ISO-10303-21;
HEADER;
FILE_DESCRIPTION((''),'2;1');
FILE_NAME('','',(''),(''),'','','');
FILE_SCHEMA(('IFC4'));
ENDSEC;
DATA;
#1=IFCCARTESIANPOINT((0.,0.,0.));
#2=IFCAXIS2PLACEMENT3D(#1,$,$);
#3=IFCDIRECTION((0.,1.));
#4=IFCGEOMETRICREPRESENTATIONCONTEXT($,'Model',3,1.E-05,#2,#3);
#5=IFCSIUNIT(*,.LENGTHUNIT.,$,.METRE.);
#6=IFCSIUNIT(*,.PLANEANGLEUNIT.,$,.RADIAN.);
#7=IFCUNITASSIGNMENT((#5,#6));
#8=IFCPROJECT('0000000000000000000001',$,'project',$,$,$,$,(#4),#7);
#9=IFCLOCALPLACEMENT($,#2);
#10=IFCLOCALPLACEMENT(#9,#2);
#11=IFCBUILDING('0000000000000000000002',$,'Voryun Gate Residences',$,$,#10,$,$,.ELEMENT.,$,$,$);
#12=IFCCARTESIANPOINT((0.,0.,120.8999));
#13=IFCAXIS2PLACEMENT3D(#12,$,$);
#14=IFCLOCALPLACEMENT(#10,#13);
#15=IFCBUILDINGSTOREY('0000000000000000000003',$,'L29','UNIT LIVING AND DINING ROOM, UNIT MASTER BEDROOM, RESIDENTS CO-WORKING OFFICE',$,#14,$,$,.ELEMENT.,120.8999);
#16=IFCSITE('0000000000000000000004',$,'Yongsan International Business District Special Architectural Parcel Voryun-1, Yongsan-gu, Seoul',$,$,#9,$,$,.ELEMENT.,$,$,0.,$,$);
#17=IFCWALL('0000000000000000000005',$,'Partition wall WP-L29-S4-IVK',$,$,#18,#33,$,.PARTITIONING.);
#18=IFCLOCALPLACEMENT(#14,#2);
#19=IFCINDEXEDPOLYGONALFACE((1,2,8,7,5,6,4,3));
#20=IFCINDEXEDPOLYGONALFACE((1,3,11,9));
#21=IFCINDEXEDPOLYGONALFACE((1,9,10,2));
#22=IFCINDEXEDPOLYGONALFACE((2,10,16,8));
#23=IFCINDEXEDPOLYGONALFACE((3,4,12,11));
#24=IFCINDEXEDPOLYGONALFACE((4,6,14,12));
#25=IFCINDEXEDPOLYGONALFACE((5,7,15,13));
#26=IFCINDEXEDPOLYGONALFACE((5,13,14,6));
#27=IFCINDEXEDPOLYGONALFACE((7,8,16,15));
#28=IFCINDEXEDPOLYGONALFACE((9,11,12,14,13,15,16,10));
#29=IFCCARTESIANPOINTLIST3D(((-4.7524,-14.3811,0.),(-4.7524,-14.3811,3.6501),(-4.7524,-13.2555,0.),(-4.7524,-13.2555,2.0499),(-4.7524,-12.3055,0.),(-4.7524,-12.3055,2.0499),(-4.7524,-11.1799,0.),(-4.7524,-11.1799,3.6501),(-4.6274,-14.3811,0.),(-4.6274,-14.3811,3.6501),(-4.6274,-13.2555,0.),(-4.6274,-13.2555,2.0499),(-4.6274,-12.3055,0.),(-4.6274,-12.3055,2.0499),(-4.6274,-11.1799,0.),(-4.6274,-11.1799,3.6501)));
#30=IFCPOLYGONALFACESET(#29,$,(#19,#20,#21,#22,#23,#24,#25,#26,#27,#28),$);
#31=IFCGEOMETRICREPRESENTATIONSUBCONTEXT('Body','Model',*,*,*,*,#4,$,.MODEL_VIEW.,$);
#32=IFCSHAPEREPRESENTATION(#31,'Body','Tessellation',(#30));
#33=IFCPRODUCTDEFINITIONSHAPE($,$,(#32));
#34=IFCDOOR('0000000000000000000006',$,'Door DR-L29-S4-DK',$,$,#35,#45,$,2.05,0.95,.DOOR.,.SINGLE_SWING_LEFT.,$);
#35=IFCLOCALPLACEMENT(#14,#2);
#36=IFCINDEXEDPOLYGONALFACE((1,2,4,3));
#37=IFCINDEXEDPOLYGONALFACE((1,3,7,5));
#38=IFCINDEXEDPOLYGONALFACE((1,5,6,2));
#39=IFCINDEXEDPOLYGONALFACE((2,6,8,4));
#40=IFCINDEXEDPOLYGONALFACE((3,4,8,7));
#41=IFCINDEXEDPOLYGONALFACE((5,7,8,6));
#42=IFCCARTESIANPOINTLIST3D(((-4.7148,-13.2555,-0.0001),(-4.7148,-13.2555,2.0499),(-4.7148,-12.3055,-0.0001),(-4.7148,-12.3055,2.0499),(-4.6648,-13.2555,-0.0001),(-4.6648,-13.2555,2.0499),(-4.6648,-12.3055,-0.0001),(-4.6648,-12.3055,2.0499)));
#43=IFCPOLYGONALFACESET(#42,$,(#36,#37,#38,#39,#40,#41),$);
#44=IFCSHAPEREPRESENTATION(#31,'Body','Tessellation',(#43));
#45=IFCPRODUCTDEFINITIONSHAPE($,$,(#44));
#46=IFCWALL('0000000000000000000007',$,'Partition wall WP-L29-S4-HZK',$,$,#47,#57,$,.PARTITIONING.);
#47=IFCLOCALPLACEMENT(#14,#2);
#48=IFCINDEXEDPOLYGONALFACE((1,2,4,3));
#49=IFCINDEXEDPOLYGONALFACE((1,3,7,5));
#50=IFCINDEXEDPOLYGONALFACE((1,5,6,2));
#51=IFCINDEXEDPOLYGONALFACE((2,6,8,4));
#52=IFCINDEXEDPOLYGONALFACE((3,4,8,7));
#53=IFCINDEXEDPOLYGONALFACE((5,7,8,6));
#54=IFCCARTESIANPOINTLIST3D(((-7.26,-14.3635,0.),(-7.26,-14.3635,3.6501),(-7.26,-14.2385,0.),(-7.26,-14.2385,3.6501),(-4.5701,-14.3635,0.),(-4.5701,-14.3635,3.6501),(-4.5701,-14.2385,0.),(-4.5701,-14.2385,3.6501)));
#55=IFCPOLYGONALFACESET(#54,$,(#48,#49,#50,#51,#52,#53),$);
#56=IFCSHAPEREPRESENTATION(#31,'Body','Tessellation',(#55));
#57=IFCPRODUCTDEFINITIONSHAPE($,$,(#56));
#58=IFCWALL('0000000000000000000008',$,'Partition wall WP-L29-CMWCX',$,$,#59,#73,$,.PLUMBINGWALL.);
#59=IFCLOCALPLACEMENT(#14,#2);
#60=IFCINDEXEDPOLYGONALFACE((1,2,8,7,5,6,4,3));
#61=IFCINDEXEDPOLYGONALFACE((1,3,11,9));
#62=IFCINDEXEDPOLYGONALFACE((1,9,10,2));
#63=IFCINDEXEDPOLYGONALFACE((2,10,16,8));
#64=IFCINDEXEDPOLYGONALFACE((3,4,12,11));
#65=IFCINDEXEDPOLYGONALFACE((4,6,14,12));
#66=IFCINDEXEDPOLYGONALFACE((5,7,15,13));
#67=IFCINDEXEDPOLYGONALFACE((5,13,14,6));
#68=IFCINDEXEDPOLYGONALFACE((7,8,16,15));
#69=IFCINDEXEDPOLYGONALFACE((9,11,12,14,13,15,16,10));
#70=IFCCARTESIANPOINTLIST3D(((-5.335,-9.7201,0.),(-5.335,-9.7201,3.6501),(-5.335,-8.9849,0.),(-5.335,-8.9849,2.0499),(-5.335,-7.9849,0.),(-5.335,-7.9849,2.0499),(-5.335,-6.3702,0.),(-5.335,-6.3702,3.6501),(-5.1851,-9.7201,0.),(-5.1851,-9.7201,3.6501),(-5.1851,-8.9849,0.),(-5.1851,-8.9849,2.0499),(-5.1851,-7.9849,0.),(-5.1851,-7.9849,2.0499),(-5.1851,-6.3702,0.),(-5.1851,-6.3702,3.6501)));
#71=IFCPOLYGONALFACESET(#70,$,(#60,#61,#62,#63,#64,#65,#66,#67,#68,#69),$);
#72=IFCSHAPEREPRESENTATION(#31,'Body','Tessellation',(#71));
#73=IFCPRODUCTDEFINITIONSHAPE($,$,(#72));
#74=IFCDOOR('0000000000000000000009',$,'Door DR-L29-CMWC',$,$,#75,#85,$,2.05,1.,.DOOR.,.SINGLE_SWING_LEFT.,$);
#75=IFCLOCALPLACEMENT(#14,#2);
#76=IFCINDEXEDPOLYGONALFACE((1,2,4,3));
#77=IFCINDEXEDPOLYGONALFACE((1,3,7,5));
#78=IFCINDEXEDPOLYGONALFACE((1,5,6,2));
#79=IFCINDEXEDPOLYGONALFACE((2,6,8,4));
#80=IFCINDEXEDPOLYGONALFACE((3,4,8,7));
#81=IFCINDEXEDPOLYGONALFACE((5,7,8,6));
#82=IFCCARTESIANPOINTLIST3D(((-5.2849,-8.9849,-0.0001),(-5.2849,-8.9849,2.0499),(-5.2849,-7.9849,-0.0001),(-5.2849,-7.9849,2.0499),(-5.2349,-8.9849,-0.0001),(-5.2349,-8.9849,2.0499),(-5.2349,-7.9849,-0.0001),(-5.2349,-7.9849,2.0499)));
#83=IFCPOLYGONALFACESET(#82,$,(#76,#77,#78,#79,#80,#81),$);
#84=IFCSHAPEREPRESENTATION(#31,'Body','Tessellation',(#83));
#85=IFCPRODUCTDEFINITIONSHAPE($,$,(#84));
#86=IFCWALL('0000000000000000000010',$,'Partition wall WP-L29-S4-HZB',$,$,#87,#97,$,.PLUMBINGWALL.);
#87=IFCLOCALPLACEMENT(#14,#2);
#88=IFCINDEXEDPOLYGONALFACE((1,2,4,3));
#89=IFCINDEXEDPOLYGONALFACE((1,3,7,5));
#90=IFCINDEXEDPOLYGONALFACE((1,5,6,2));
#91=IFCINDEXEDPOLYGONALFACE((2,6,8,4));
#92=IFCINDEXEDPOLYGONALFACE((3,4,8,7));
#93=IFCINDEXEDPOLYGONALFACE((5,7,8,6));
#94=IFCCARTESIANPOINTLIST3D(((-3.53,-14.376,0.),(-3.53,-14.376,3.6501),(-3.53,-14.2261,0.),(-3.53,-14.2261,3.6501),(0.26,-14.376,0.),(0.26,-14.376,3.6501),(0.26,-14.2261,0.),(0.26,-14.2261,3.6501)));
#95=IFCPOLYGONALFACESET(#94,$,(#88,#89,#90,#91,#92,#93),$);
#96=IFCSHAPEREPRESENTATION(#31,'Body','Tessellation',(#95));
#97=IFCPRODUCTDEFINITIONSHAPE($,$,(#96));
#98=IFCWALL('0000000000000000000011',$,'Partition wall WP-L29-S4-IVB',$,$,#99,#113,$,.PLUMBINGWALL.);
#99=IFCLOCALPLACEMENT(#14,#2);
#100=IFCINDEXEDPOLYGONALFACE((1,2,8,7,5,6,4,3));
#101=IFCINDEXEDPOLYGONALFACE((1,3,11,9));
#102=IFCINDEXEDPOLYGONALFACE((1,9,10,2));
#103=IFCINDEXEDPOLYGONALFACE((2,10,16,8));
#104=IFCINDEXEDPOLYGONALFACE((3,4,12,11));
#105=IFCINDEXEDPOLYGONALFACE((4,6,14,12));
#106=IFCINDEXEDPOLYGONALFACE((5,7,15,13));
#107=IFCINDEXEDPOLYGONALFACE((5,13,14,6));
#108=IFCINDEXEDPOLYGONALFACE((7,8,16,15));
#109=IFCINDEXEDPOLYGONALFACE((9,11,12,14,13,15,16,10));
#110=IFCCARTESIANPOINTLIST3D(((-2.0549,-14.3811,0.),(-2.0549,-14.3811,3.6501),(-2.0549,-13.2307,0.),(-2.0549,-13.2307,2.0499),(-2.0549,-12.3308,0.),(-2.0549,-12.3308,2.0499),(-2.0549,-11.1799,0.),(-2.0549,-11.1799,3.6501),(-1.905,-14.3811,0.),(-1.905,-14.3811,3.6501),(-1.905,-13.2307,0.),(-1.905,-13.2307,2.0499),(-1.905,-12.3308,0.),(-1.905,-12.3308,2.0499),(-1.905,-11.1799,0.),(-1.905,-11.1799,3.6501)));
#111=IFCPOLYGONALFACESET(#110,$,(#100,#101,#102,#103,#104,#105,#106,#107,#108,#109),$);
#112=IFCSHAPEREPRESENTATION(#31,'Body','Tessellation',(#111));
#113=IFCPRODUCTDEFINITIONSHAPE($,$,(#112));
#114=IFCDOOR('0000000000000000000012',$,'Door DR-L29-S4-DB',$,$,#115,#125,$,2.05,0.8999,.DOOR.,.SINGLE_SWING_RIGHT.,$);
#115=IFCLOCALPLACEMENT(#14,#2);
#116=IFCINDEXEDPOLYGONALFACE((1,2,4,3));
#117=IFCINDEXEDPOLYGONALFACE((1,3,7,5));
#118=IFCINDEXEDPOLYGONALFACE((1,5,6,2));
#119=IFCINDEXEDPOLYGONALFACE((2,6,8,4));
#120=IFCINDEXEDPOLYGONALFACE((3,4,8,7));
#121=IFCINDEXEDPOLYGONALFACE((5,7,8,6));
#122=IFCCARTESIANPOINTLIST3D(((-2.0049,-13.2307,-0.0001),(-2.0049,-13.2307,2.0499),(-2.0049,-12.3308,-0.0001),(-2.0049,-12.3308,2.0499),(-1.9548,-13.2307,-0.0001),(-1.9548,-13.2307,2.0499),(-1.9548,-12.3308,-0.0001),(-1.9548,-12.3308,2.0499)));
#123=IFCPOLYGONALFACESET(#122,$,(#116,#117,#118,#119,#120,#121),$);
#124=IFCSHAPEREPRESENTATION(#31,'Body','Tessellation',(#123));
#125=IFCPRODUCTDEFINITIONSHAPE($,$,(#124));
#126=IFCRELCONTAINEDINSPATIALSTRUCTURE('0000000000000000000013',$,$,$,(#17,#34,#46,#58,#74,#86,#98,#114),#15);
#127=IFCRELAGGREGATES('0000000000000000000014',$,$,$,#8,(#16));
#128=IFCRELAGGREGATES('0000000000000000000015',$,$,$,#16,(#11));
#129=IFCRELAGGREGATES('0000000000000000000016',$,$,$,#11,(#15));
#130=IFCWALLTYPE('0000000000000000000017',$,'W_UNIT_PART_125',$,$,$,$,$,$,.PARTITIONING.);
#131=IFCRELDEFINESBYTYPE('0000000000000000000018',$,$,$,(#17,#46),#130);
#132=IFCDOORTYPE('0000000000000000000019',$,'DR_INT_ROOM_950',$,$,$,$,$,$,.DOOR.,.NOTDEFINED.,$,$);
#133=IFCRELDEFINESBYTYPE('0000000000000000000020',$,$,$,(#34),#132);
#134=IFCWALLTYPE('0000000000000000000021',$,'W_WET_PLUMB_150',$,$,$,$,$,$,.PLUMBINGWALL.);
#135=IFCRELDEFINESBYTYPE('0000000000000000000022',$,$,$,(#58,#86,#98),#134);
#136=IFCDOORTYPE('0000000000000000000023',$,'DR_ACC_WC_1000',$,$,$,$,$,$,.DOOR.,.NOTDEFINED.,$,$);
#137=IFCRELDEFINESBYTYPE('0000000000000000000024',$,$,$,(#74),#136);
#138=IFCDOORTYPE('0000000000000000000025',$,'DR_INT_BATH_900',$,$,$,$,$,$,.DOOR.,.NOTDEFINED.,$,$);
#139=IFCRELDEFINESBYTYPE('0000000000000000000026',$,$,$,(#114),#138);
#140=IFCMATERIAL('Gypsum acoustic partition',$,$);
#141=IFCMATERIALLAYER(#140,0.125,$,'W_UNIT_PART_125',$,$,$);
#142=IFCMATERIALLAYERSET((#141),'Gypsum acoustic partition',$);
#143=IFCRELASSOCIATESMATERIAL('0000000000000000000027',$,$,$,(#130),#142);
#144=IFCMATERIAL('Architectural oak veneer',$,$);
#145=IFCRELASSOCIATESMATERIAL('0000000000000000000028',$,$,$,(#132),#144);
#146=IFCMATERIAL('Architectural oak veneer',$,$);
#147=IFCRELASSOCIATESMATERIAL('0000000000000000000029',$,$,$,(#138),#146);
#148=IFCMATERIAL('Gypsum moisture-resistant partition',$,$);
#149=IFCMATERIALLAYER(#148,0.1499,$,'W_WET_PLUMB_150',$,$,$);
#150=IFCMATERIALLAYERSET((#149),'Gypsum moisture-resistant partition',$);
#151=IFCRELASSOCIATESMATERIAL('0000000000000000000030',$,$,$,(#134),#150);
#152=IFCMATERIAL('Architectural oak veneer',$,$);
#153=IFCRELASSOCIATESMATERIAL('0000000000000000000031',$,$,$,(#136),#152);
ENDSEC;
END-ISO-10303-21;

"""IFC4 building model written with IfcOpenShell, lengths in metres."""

from ifc_helpers import new_model, si_unit, direction, frame, frame_2d, origin, place, context, subcontext, project, spatial, rectangle, extrude, material, layer, layer_set, type_object, element, fill, save


model = new_model("IFC4")

# Units and contexts
model_context = context("Model", 3, precision=1e-05, world=origin(), true_north=direction((0.0, 1.0)))
body_context = subcontext(model_context, "Body", "Model", "MODEL_VIEW")
ifc_project = project(units=[si_unit("LENGTHUNIT", "METRE"), si_unit("PLANEANGLEUNIT", "RADIAN")], contexts=[model_context])

# Site, building, storey
site_placement = place(None, origin())
site = spatial("IfcSite", under=ifc_project, at=site_placement, Name="Yongsan International Business District Special Architectural Parcel Voryun-1, Yongsan-gu, Seoul", CompositionType="ELEMENT", RefElevation=0.0)
building_placement = place(site_placement, origin())
building = spatial("IfcBuilding", under=site, at=building_placement, Name="Voryun Gate Residences", CompositionType="ELEMENT")
storey_placement = place(building_placement, frame((0.0, 0.0, 120.8999)))
storey = spatial("IfcBuildingStorey", under=building, at=storey_placement, Name="L29", Description="UNIT LIVING AND DINING ROOM, UNIT MASTER BEDROOM, RESIDENTS CO-WORKING OFFICE", CompositionType="ELEMENT", Elevation=120.8999)

# Wall, opening, door
ifc_material_1 = material(Name="Gypsum acoustic partition")
ifc_layer_1 = layer(ifc_material_1, 0.125, Name="W_UNIT_PART_125")
ifc_layer_set_1 = layer_set([ifc_layer_1], Name="Gypsum acoustic partition")
wall_type_1 = type_object("IfcWallType", Name="W_UNIT_PART_125", PredefinedType="PARTITIONING", material=ifc_layer_set_1)
ifc_material_2 = material(Name="Architectural oak veneer")
door_type_1 = type_object("IfcDoorType", Name="DR_INT_ROOM_950", OperationType="NOTDEFINED", PredefinedType="DOOR", material=ifc_material_2)
ifc_material_3 = material(Name="Architectural oak veneer")
door_type_2 = type_object("IfcDoorType", Name="DR_INT_BATH_900", OperationType="NOTDEFINED", PredefinedType="DOOR", material=ifc_material_3)
wall_1_placement = place(storey_placement, frame((-4.6899, -14.3811, 0.0), z_axis=(0.0, 0.0, 1.0), x_axis=(0.0, 1.0, 0.0)))
wall_1 = element("IfcWall", 1, at=wall_1_placement, inside=storey, type_object=wall_type_1, Name="Partition wall WP-L29-S4-IVK", PredefinedType="PARTITIONING", context=body_context, shape_type="SweptSolid", body=[
    extrude(rectangle(XDim=3.2012, YDim=0.125, at=frame_2d((1.6006, 0.0))), origin(), (0.0, 0.0, 1.0), 3.6501),
])
opening_1_placement = place(wall_1_placement, frame((1.1255, 0.0, 0.0)))
opening_1 = element("IfcOpeningElement", 2, at=opening_1_placement, cuts=wall_1, PredefinedType="OPENING", context=body_context, shape_type="SweptSolid", body=[
    extrude(rectangle(XDim=0.95, YDim=2.05, at=frame_2d((0.4751, 1.0249))), frame((0.0, 0.0725, 0.0), z_axis=(0.0, -1.0, 0.0), x_axis=(1.0, 0.0, 0.0)), (0.0, 0.0, 1.0), 0.145),
])
door_1_placement = place(opening_1_placement, origin())
door_1 = element("IfcDoor", 3, at=door_1_placement, inside=storey, type_object=door_type_1, Name="Door DR-L29-S4-DK", OperationType="SINGLE_SWING_LEFT", OverallHeight=2.05, OverallWidth=0.95, PredefinedType="DOOR", context=body_context, shape_type="SweptSolid", body=[
    extrude(rectangle(XDim=0.95, YDim=2.05, at=frame_2d((0.4751, 1.0249))), frame((0.0, 0.0249, 0.0), z_axis=(0.0, -1.0, 0.0), x_axis=(1.0, 0.0, 0.0)), (0.0, 0.0, 1.0), 0.05),
])
fill(opening_1, door_1)

# Wall
wall_2_placement = place(storey_placement, frame((-7.26, -14.301, 0.0), z_axis=(0.0, 0.0, 1.0), x_axis=(1.0, 0.0, 0.0)))
element("IfcWall", 4, at=wall_2_placement, inside=storey, type_object=wall_type_1, Name="Partition wall WP-L29-S4-HZK", PredefinedType="PARTITIONING", context=body_context, shape_type="SweptSolid", body=[
    extrude(rectangle(XDim=2.6899, YDim=0.125, at=frame_2d((1.345, 0.0))), origin(), (0.0, 0.0, 1.0), 3.6501),
])

# Wall, opening, door
ifc_material_4 = material(Name="Gypsum moisture-resistant partition")
ifc_layer_2 = layer(ifc_material_4, 0.1499, Name="W_WET_PLUMB_150")
ifc_layer_set_2 = layer_set([ifc_layer_2], Name="Gypsum moisture-resistant partition")
wall_type_2 = type_object("IfcWallType", Name="W_WET_PLUMB_150", PredefinedType="PLUMBINGWALL", material=ifc_layer_set_2)
wall_3_placement = place(storey_placement, frame((-5.26, -9.72, 0.0), z_axis=(0.0, 0.0, 1.0), x_axis=(0.0, 1.0, 0.0)))
wall_3 = element("IfcWall", 5, at=wall_3_placement, inside=storey, type_object=wall_type_2, Name="Partition wall WP-L29-CMWCX", PredefinedType="PLUMBINGWALL", context=body_context, shape_type="SweptSolid", body=[
    extrude(rectangle(XDim=3.3499, YDim=0.1499, at=frame_2d((1.6748, 0.0))), origin(), (0.0, 0.0, 1.0), 3.6501),
])
opening_2_placement = place(wall_3_placement, frame((0.7351, 0.0, 0.0)))
opening_2 = element("IfcOpeningElement", 6, at=opening_2_placement, cuts=wall_3, PredefinedType="OPENING", context=body_context, shape_type="SweptSolid", body=[
    extrude(rectangle(XDim=1.0, YDim=2.05, at=frame_2d((0.5, 1.0249))), frame((0.0, 0.085, 0.0), z_axis=(0.0, -1.0, 0.0), x_axis=(1.0, 0.0, 0.0)), (0.0, 0.0, 1.0), 0.1699),
])
ifc_material_5 = material(Name="Architectural oak veneer")
door_type_3 = type_object("IfcDoorType", Name="DR_ACC_WC_1000", OperationType="NOTDEFINED", PredefinedType="DOOR", material=ifc_material_5)
door_2_placement = place(opening_2_placement, origin())
door_2 = element("IfcDoor", 7, at=door_2_placement, inside=storey, type_object=door_type_3, Name="Door DR-L29-CMWC", OperationType="SINGLE_SWING_LEFT", OverallHeight=2.05, OverallWidth=1.0, PredefinedType="DOOR", context=body_context, shape_type="SweptSolid", body=[
    extrude(rectangle(XDim=1.0, YDim=2.05, at=frame_2d((0.5, 1.0249))), frame((0.0, 0.0249, 0.0), z_axis=(0.0, -1.0, 0.0), x_axis=(1.0, 0.0, 0.0)), (0.0, 0.0, 1.0), 0.05),
])
fill(opening_2, door_2)

# Wall
wall_4_placement = place(storey_placement, frame((-3.53, -14.301, 0.0), z_axis=(0.0, 0.0, 1.0), x_axis=(1.0, 0.0, 0.0)))
element("IfcWall", 8, at=wall_4_placement, inside=storey, type_object=wall_type_2, Name="Partition wall WP-L29-S4-HZB", PredefinedType="PLUMBINGWALL", context=body_context, shape_type="SweptSolid", body=[
    extrude(rectangle(XDim=3.79, YDim=0.1499, at=frame_2d((1.895, 0.0))), origin(), (0.0, 0.0, 1.0), 3.6501),
])

# Wall, opening, door
wall_5_placement = place(storey_placement, frame((-1.98, -14.3811, 0.0), z_axis=(0.0, 0.0, 1.0), x_axis=(0.0, 1.0, 0.0)))
wall_5 = element("IfcWall", 9, at=wall_5_placement, inside=storey, type_object=wall_type_2, Name="Partition wall WP-L29-S4-IVB", PredefinedType="PLUMBINGWALL", context=body_context, shape_type="SweptSolid", body=[
    extrude(rectangle(XDim=3.2012, YDim=0.1499, at=frame_2d((1.6006, 0.0))), origin(), (0.0, 0.0, 1.0), 3.6501),
])
opening_3_placement = place(wall_5_placement, frame((1.1504, 0.0, 0.0)))
opening_3 = element("IfcOpeningElement", 10, at=opening_3_placement, cuts=wall_5, PredefinedType="OPENING", context=body_context, shape_type="SweptSolid", body=[
    extrude(rectangle(XDim=0.8999, YDim=2.05, at=frame_2d((0.45, 1.0249))), frame((0.0, 0.085, 0.0), z_axis=(0.0, -1.0, 0.0), x_axis=(1.0, 0.0, 0.0)), (0.0, 0.0, 1.0), 0.1699),
])
door_3_placement = place(opening_3_placement, origin())
door_3 = element("IfcDoor", 11, at=door_3_placement, inside=storey, type_object=door_type_2, Name="Door DR-L29-S4-DB", OperationType="SINGLE_SWING_RIGHT", OverallHeight=2.05, OverallWidth=0.8999, PredefinedType="DOOR", context=body_context, shape_type="SweptSolid", body=[
    extrude(rectangle(XDim=0.8999, YDim=2.05, at=frame_2d((0.45, 1.0249))), frame((0.0, 0.0249, 0.0), z_axis=(0.0, -1.0, 0.0), x_axis=(1.0, 0.0, 0.0)), (0.0, 0.0, 1.0), 0.05),
])
fill(opening_3, door_3)

save(model, "model.ifc")
